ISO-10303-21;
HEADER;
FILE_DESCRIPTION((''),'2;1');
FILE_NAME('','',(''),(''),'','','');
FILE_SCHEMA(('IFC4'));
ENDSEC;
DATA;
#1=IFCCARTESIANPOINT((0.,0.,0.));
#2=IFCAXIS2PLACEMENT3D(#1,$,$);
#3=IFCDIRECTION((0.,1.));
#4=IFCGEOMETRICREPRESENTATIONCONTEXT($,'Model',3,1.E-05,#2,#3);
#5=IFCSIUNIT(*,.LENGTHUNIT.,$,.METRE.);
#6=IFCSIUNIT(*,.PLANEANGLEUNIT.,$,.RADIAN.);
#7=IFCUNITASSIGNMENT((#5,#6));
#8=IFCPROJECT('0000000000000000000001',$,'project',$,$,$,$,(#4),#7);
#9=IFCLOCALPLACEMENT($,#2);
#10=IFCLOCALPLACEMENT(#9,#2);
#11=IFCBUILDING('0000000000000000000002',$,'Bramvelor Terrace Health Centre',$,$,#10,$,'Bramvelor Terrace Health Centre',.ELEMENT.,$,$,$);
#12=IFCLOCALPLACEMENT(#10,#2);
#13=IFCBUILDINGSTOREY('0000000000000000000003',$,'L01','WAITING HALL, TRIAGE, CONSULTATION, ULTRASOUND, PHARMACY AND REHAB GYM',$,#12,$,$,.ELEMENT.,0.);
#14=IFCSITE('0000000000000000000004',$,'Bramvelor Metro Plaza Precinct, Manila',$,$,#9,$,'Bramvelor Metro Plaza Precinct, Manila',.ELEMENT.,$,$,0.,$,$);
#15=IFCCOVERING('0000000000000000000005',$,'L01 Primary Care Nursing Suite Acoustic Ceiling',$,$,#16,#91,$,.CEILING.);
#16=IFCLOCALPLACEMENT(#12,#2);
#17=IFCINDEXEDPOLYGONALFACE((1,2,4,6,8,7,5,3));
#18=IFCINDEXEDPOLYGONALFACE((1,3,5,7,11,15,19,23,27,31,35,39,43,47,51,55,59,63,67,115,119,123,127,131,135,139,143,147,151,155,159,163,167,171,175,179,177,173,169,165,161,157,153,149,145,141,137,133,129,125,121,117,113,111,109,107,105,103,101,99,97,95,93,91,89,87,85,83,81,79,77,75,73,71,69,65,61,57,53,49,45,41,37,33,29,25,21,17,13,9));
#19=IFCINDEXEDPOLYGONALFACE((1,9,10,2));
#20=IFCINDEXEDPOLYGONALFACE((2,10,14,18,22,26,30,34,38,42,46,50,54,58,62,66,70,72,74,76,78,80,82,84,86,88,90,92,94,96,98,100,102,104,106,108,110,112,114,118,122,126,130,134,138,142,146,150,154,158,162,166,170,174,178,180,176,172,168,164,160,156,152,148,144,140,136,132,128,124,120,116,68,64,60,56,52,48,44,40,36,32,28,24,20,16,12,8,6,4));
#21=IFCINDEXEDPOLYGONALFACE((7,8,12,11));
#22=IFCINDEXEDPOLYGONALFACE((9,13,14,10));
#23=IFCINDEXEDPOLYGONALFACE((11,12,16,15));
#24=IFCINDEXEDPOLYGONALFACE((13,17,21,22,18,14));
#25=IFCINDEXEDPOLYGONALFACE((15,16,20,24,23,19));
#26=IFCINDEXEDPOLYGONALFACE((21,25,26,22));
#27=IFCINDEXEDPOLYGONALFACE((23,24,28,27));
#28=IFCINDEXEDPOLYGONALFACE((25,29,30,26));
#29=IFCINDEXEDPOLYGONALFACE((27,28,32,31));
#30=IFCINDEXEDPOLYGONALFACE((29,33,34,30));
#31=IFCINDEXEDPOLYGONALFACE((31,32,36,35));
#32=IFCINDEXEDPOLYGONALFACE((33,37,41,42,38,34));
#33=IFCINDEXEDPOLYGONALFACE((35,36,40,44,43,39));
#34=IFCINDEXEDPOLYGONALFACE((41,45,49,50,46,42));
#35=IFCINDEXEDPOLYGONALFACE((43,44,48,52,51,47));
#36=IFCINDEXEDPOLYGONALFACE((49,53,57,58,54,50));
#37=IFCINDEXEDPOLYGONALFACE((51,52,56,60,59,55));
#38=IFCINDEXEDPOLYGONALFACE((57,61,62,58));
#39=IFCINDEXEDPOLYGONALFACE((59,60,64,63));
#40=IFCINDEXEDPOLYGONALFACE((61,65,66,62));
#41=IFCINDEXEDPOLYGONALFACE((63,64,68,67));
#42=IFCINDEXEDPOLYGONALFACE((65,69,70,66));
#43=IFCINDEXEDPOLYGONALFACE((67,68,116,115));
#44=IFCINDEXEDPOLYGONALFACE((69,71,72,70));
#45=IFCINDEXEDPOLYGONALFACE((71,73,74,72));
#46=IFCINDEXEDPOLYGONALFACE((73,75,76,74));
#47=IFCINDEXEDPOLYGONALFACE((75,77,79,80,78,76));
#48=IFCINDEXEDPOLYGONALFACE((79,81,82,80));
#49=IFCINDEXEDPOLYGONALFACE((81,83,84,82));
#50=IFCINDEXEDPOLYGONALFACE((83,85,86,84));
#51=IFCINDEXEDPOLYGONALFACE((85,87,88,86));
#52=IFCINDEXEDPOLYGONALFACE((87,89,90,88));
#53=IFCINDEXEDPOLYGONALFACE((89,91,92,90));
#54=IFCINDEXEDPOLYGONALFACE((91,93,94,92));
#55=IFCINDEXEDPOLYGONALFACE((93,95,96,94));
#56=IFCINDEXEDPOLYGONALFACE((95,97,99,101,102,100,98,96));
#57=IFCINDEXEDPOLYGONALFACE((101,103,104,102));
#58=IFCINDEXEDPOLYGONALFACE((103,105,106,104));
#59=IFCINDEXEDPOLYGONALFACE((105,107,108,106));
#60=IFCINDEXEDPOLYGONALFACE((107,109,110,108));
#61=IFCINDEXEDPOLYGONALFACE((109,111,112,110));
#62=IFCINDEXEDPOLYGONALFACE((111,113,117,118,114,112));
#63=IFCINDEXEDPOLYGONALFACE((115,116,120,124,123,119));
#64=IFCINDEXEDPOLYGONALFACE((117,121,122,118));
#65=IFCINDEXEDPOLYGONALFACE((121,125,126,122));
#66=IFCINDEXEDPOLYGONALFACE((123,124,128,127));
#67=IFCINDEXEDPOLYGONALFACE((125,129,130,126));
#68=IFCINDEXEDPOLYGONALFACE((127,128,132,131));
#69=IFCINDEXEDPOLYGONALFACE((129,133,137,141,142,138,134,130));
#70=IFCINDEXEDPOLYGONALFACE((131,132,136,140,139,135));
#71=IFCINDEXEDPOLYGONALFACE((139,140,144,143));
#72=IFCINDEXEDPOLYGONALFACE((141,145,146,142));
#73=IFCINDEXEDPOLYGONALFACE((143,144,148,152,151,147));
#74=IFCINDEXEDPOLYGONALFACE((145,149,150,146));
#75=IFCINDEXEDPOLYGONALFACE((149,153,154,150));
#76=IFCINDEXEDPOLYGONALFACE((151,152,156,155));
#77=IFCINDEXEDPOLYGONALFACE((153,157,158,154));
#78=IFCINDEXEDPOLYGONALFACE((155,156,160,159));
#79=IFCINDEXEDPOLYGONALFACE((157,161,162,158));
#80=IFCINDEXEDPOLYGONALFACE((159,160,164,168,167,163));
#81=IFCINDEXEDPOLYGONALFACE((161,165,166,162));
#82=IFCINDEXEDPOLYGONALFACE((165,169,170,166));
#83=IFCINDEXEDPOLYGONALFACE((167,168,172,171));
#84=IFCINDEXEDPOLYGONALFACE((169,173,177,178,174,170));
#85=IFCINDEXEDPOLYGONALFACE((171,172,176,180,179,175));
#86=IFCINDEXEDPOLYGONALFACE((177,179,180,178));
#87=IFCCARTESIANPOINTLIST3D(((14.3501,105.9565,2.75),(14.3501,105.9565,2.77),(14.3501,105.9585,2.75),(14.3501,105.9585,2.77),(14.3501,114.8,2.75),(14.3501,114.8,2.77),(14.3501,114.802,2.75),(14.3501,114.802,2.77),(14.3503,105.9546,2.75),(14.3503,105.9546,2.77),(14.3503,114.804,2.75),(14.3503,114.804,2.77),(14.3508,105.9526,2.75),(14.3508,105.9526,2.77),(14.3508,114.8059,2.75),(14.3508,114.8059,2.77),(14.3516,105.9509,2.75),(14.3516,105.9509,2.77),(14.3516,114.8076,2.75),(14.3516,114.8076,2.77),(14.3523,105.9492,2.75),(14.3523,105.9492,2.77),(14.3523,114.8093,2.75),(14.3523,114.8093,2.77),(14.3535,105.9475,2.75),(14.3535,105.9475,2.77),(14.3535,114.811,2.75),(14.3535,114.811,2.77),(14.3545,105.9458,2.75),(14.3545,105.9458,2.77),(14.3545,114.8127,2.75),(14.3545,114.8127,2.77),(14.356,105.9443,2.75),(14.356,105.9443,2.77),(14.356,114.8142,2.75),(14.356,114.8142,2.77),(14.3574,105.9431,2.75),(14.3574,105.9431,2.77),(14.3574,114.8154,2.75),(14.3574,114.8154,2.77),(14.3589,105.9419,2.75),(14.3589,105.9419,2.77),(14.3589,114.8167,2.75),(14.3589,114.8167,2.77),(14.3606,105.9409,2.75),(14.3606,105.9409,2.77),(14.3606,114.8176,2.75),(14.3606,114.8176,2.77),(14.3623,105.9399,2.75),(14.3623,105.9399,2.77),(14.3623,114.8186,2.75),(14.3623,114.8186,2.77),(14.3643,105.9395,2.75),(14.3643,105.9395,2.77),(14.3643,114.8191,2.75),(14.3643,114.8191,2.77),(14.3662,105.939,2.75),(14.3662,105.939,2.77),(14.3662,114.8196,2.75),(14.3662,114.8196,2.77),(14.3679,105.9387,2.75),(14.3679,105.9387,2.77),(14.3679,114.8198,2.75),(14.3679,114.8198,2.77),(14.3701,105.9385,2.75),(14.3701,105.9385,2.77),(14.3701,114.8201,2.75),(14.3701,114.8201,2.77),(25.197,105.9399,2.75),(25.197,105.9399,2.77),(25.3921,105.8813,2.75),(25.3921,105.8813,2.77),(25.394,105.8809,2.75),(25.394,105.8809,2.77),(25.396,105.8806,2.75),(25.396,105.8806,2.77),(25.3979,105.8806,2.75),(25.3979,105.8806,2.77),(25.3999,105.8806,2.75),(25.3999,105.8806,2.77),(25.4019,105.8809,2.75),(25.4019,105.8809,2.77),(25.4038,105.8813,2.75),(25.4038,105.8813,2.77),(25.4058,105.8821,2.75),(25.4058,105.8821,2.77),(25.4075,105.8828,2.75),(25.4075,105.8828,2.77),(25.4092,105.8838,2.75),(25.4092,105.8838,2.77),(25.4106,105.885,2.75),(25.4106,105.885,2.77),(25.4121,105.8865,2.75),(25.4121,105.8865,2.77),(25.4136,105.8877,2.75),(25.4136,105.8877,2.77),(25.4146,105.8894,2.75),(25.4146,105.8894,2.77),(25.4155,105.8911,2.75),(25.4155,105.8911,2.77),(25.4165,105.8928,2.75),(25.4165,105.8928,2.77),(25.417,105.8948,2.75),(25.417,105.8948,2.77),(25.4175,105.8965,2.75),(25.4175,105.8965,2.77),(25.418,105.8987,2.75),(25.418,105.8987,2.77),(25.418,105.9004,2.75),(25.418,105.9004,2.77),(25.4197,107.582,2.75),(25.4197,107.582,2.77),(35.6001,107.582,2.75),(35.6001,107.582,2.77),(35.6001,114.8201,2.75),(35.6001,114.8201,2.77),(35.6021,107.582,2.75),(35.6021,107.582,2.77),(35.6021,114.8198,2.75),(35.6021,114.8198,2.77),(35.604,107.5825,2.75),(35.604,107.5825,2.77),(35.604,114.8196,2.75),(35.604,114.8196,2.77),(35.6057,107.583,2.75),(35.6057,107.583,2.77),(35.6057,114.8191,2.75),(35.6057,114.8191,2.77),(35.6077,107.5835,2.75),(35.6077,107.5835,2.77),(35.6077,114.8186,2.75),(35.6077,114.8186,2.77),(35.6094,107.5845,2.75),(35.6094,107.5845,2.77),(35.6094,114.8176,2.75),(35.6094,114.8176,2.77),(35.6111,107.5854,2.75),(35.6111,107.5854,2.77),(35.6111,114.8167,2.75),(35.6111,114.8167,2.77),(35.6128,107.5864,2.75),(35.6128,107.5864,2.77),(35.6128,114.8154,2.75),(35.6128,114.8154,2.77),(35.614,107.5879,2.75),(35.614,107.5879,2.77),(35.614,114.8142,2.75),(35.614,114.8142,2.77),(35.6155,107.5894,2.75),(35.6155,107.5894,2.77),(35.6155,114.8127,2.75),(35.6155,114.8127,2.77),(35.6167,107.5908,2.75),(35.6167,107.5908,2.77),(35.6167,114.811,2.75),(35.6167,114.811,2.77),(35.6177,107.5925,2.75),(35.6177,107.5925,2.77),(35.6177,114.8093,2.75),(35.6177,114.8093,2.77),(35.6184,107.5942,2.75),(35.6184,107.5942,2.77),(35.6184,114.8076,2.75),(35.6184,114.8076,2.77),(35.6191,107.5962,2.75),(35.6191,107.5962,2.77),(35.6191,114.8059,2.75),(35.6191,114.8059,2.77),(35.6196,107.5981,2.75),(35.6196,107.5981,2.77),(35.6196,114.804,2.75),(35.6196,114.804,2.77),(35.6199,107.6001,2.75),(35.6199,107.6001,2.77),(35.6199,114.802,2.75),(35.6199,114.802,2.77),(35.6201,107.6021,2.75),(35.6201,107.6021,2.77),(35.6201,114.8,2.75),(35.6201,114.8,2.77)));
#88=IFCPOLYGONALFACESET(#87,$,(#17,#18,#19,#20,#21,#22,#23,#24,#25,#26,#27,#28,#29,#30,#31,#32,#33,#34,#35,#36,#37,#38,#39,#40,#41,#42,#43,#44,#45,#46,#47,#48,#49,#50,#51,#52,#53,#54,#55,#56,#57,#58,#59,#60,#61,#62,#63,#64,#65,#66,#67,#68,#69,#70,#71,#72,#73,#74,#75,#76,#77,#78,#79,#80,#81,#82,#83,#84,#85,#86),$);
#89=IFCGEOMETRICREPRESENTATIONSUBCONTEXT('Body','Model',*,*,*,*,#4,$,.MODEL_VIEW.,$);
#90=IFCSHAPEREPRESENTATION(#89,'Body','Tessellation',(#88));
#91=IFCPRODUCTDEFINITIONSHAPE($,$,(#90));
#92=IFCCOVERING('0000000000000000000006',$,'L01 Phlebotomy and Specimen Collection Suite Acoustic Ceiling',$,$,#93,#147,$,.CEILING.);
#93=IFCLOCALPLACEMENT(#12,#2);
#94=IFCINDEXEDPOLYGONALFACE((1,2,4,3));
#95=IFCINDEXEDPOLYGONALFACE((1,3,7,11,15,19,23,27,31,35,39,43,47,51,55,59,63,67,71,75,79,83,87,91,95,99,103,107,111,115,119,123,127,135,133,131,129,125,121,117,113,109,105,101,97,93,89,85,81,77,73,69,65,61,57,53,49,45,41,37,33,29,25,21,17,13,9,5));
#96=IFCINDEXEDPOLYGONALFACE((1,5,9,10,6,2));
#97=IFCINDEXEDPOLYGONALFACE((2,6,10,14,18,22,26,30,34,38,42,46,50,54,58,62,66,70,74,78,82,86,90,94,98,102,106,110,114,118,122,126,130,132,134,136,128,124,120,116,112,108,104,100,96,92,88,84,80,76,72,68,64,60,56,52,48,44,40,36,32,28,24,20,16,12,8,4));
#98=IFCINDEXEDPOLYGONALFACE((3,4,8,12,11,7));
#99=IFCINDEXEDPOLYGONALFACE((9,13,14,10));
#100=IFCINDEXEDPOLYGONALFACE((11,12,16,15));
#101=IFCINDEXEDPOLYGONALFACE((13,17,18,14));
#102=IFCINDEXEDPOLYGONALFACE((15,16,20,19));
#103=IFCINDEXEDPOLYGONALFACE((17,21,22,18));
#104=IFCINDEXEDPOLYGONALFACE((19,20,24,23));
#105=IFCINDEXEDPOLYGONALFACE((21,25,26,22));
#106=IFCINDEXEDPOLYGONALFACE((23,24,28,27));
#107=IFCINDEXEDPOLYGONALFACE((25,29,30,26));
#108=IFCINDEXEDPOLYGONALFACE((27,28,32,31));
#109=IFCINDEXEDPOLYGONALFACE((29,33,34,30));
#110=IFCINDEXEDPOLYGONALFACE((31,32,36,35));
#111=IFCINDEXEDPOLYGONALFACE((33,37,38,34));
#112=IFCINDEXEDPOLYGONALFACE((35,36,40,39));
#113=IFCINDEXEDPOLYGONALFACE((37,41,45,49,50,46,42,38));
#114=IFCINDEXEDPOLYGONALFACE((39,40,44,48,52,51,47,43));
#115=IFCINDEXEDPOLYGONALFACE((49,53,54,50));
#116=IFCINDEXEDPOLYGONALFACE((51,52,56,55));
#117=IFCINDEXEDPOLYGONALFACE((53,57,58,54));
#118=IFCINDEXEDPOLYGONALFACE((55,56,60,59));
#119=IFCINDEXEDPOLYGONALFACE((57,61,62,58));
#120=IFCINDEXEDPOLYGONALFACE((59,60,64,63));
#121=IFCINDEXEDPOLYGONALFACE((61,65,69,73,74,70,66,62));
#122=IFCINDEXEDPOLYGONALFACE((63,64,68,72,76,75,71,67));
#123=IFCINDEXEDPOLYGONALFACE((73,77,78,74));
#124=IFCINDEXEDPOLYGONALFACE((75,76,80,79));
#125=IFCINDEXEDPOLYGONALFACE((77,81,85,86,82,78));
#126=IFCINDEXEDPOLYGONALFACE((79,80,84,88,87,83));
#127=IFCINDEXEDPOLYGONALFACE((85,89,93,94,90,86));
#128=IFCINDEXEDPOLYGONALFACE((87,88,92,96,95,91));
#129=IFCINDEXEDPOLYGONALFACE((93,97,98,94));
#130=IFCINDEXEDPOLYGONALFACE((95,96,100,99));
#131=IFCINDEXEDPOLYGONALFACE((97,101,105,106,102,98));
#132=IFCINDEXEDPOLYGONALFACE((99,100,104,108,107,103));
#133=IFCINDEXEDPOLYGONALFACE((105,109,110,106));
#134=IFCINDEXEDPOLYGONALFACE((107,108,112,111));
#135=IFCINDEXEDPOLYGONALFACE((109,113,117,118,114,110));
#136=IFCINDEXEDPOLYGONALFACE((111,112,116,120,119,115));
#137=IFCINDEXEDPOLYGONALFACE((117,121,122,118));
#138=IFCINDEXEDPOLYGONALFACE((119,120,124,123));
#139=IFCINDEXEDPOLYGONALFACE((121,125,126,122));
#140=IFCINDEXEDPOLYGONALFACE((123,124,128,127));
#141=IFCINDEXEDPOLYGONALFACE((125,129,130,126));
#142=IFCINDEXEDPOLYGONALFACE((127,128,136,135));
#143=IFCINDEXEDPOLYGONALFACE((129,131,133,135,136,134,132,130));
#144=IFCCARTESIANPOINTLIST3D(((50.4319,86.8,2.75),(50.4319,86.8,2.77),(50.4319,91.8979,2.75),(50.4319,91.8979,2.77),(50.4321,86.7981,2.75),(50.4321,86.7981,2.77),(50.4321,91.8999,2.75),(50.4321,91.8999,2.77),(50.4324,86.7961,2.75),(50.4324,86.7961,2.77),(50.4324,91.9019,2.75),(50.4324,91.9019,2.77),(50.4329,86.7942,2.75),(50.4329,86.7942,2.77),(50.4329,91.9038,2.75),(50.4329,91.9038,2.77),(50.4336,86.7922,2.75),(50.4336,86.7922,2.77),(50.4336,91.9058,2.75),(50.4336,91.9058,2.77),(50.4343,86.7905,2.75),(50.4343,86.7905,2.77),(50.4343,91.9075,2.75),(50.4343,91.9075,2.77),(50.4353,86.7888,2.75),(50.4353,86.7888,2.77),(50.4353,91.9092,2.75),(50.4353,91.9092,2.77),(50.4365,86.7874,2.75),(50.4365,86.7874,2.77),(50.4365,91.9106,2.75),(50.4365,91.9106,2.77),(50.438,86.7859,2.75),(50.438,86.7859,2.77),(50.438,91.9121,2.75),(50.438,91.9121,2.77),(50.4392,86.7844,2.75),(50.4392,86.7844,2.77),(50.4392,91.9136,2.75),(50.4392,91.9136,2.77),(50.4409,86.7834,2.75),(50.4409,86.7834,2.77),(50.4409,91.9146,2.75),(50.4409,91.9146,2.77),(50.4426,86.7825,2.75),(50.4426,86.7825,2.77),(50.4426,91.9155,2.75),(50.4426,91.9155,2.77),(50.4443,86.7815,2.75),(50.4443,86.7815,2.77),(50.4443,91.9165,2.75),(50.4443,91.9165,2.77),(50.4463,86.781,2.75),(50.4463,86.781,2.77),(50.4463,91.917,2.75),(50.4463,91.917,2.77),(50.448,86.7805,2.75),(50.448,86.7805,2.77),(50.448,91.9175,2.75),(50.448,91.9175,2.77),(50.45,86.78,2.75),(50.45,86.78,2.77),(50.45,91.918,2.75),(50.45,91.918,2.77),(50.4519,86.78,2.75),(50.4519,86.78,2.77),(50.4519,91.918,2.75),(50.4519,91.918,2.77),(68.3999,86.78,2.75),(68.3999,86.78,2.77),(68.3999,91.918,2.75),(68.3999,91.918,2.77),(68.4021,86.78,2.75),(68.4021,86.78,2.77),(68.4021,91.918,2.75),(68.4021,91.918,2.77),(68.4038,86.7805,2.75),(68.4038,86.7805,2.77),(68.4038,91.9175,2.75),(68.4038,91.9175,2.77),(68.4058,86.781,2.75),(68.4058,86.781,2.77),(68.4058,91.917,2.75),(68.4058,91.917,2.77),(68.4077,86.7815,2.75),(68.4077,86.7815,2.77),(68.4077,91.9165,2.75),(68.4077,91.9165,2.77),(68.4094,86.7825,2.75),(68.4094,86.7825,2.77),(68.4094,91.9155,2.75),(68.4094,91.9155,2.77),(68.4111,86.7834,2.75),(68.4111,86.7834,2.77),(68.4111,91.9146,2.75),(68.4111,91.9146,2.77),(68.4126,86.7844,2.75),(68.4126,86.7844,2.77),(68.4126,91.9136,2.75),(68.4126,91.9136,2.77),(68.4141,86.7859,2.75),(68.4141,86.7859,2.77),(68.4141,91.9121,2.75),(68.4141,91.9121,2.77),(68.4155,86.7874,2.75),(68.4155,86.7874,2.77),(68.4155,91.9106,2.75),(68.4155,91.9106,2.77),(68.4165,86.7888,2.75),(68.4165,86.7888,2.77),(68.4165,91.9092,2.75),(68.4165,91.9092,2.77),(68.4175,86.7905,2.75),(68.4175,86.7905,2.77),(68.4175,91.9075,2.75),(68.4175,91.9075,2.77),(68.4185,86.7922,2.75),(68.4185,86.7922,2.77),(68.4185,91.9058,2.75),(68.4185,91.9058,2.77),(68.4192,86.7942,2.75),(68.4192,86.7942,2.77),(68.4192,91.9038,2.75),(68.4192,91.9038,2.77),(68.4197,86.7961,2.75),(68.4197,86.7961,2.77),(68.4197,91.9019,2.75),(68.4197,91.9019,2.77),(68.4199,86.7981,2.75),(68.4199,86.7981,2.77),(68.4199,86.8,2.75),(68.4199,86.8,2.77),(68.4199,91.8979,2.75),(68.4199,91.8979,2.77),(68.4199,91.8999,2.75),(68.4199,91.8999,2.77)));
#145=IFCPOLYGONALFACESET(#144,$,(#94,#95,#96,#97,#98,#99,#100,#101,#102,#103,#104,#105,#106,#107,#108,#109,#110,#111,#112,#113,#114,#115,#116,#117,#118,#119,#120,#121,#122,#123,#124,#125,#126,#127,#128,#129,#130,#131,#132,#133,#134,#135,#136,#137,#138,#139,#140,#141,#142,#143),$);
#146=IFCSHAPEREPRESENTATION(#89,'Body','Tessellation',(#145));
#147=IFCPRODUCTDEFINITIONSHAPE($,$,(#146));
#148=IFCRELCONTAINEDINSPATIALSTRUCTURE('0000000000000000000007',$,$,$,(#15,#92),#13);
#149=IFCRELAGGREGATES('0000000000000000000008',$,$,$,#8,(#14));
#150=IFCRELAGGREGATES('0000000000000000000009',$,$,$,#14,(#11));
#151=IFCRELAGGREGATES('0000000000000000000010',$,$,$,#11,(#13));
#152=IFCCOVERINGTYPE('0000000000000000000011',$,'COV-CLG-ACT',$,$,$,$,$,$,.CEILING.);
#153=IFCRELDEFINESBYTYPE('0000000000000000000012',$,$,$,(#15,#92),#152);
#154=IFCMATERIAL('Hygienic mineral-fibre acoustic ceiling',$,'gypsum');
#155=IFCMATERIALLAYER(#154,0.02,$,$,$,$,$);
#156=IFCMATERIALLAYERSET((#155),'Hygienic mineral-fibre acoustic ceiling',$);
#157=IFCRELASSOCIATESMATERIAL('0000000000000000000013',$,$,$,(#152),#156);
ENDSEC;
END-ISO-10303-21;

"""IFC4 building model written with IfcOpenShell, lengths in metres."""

from ifc_helpers import new_model, si_unit, direction, frame, origin, place, context, subcontext, project, spatial, polyline, outline, extrude, material, layer, layer_set, type_object, element, save


model = new_model("IFC4")

# Units and contexts
model_context = context("Model", 3, precision=1e-05, world=origin(), true_north=direction((0.0, 1.0)))
body_context = subcontext(model_context, "Body", "Model", "MODEL_VIEW")
ifc_project = project(units=[si_unit("LENGTHUNIT", "METRE"), si_unit("PLANEANGLEUNIT", "RADIAN")], contexts=[model_context])

# Site, building, storey
site_placement = place(None, origin())
site = spatial("IfcSite", under=ifc_project, at=site_placement, Name="Bramvelor Metro Plaza Precinct, Manila", LongName="Bramvelor Metro Plaza Precinct, Manila", CompositionType="ELEMENT", RefElevation=0.0)
building_placement = place(site_placement, origin())
building = spatial("IfcBuilding", under=site, at=building_placement, Name="Bramvelor Terrace Health Centre", LongName="Bramvelor Terrace Health Centre", CompositionType="ELEMENT")
storey_placement = place(building_placement, origin())
storey = spatial("IfcBuildingStorey", under=building, at=storey_placement, Name="L01", Description="WAITING HALL, TRIAGE, CONSULTATION, ULTRASOUND, PHARMACY AND REHAB GYM", CompositionType="ELEMENT", Elevation=0.0)

# Coverings
ifc_material_1 = material(Name="Hygienic mineral-fibre acoustic ceiling", Category="gypsum")
ifc_layer_1 = layer(ifc_material_1, 0.02)
ifc_layer_set_1 = layer_set([ifc_layer_1], Name="Hygienic mineral-fibre acoustic ceiling")
covering_type_1 = type_object("IfcCoveringType", Name="COV-CLG-ACT", PredefinedType="CEILING", material=ifc_layer_set_1)
covering_1_placement = place(storey_placement, frame((0.0, 0.0, 2.75)))
element("IfcCovering", 1, at=covering_1_placement, inside=storey, type_object=covering_type_1, Name="L01 Primary Care Nursing Suite Acoustic Ceiling", PredefinedType="CEILING", context=body_context, shape_type="SweptSolid", body=[
    extrude(outline(polyline([(35.6001, 114.8201), (35.6021, 114.8198), (35.604, 114.8196), (35.6057, 114.8191), (35.6077, 114.8186), (35.6094, 114.8176), (35.6111, 114.8167), (35.6128, 114.8154), (35.614, 114.8142), (35.6155, 114.8127), (35.6167, 114.811), (35.6177, 114.8093), (35.6184, 114.8076), (35.6191, 114.8059), (35.6196, 114.804), (35.6199, 114.802), (35.6201, 114.8), (35.6201, 107.6021), (35.6199, 107.6001), (35.6196, 107.5981), (35.6191, 107.5962), (35.6184, 107.5942), (35.6177, 107.5925), (35.6167, 107.5908), (35.6155, 107.5894), (35.614, 107.5879), (35.6128, 107.5864), (35.6111, 107.5854), (35.6094, 107.5845), (35.6077, 107.5835), (35.6057, 107.583), (35.604, 107.5825), (35.6021, 107.582), (35.6001, 107.582), (25.4197, 107.582), (25.418, 105.9004), (25.418, 105.8987), (25.4175, 105.8965), (25.417, 105.8948), (25.4165, 105.8928), (25.4155, 105.8911), (25.4146, 105.8894), (25.4136, 105.8877), (25.4121, 105.8865), (25.4106, 105.885), (25.4092, 105.8838), (25.4075, 105.8828), (25.4058, 105.8821), (25.4038, 105.8813), (25.4019, 105.8809), (25.3999, 105.8806), (25.3979, 105.8806), (25.396, 105.8806), (25.394, 105.8809), (25.3921, 105.8813), (25.197, 105.9399), (14.3701, 105.9385), (14.3679, 105.9387), (14.3662, 105.939), (14.3643, 105.9395), (14.3623, 105.9399), (14.3606, 105.9409), (14.3589, 105.9419), (14.3574, 105.9431), (14.356, 105.9443), (14.3545, 105.9458), (14.3535, 105.9475), (14.3523, 105.9492), (14.3516, 105.9509), (14.3508, 105.9526), (14.3503, 105.9546), (14.3501, 105.9565), (14.3501, 105.9585), (14.3501, 114.8), (14.3501, 114.802), (14.3503, 114.804), (14.3508, 114.8059), (14.3516, 114.8076), (14.3523, 114.8093), (14.3535, 114.811), (14.3545, 114.8127), (14.356, 114.8142), (14.3574, 114.8154), (14.3589, 114.8167), (14.3606, 114.8176), (14.3623, 114.8186), (14.3643, 114.8191), (14.3662, 114.8196), (14.3679, 114.8198), (14.3701, 114.8201), (35.6001, 114.8201)])), origin(), (0.0, 0.0, 1.0), 0.02),
])
covering_2_placement = place(storey_placement, frame((0.0, 0.0, 2.75)))
element("IfcCovering", 2, at=covering_2_placement, inside=storey, type_object=covering_type_1, Name="L01 Phlebotomy and Specimen Collection Suite Acoustic Ceiling", PredefinedType="CEILING", context=body_context, shape_type="SweptSolid", body=[
    extrude(outline(polyline([(68.4199, 86.8), (68.4199, 86.7981), (68.4197, 86.7961), (68.4192, 86.7942), (68.4185, 86.7922), (68.4175, 86.7905), (68.4165, 86.7888), (68.4155, 86.7874), (68.4141, 86.7859), (68.4126, 86.7844), (68.4111, 86.7834), (68.4094, 86.7825), (68.4077, 86.7815), (68.4058, 86.781), (68.4038, 86.7805), (68.4021, 86.78), (68.3999, 86.78), (50.4519, 86.78), (50.45, 86.78), (50.448, 86.7805), (50.4463, 86.781), (50.4443, 86.7815), (50.4426, 86.7825), (50.4409, 86.7834), (50.4392, 86.7844), (50.438, 86.7859), (50.4365, 86.7874), (50.4353, 86.7888), (50.4343, 86.7905), (50.4336, 86.7922), (50.4329, 86.7942), (50.4324, 86.7961), (50.4321, 86.7981), (50.4319, 86.8), (50.4319, 91.8979), (50.4321, 91.8999), (50.4324, 91.9019), (50.4329, 91.9038), (50.4336, 91.9058), (50.4343, 91.9075), (50.4353, 91.9092), (50.4365, 91.9106), (50.438, 91.9121), (50.4392, 91.9136), (50.4409, 91.9146), (50.4426, 91.9155), (50.4443, 91.9165), (50.4463, 91.917), (50.448, 91.9175), (50.45, 91.918), (50.4519, 91.918), (68.3999, 91.918), (68.4021, 91.918), (68.4038, 91.9175), (68.4058, 91.917), (68.4077, 91.9165), (68.4094, 91.9155), (68.4111, 91.9146), (68.4126, 91.9136), (68.4141, 91.9121), (68.4155, 91.9106), (68.4165, 91.9092), (68.4175, 91.9075), (68.4185, 91.9058), (68.4192, 91.9038), (68.4197, 91.9019), (68.4199, 91.8999), (68.4199, 91.8979), (68.4199, 86.8)])), origin(), (0.0, 0.0, 1.0), 0.02),
])

save(model, "model.ifc")
